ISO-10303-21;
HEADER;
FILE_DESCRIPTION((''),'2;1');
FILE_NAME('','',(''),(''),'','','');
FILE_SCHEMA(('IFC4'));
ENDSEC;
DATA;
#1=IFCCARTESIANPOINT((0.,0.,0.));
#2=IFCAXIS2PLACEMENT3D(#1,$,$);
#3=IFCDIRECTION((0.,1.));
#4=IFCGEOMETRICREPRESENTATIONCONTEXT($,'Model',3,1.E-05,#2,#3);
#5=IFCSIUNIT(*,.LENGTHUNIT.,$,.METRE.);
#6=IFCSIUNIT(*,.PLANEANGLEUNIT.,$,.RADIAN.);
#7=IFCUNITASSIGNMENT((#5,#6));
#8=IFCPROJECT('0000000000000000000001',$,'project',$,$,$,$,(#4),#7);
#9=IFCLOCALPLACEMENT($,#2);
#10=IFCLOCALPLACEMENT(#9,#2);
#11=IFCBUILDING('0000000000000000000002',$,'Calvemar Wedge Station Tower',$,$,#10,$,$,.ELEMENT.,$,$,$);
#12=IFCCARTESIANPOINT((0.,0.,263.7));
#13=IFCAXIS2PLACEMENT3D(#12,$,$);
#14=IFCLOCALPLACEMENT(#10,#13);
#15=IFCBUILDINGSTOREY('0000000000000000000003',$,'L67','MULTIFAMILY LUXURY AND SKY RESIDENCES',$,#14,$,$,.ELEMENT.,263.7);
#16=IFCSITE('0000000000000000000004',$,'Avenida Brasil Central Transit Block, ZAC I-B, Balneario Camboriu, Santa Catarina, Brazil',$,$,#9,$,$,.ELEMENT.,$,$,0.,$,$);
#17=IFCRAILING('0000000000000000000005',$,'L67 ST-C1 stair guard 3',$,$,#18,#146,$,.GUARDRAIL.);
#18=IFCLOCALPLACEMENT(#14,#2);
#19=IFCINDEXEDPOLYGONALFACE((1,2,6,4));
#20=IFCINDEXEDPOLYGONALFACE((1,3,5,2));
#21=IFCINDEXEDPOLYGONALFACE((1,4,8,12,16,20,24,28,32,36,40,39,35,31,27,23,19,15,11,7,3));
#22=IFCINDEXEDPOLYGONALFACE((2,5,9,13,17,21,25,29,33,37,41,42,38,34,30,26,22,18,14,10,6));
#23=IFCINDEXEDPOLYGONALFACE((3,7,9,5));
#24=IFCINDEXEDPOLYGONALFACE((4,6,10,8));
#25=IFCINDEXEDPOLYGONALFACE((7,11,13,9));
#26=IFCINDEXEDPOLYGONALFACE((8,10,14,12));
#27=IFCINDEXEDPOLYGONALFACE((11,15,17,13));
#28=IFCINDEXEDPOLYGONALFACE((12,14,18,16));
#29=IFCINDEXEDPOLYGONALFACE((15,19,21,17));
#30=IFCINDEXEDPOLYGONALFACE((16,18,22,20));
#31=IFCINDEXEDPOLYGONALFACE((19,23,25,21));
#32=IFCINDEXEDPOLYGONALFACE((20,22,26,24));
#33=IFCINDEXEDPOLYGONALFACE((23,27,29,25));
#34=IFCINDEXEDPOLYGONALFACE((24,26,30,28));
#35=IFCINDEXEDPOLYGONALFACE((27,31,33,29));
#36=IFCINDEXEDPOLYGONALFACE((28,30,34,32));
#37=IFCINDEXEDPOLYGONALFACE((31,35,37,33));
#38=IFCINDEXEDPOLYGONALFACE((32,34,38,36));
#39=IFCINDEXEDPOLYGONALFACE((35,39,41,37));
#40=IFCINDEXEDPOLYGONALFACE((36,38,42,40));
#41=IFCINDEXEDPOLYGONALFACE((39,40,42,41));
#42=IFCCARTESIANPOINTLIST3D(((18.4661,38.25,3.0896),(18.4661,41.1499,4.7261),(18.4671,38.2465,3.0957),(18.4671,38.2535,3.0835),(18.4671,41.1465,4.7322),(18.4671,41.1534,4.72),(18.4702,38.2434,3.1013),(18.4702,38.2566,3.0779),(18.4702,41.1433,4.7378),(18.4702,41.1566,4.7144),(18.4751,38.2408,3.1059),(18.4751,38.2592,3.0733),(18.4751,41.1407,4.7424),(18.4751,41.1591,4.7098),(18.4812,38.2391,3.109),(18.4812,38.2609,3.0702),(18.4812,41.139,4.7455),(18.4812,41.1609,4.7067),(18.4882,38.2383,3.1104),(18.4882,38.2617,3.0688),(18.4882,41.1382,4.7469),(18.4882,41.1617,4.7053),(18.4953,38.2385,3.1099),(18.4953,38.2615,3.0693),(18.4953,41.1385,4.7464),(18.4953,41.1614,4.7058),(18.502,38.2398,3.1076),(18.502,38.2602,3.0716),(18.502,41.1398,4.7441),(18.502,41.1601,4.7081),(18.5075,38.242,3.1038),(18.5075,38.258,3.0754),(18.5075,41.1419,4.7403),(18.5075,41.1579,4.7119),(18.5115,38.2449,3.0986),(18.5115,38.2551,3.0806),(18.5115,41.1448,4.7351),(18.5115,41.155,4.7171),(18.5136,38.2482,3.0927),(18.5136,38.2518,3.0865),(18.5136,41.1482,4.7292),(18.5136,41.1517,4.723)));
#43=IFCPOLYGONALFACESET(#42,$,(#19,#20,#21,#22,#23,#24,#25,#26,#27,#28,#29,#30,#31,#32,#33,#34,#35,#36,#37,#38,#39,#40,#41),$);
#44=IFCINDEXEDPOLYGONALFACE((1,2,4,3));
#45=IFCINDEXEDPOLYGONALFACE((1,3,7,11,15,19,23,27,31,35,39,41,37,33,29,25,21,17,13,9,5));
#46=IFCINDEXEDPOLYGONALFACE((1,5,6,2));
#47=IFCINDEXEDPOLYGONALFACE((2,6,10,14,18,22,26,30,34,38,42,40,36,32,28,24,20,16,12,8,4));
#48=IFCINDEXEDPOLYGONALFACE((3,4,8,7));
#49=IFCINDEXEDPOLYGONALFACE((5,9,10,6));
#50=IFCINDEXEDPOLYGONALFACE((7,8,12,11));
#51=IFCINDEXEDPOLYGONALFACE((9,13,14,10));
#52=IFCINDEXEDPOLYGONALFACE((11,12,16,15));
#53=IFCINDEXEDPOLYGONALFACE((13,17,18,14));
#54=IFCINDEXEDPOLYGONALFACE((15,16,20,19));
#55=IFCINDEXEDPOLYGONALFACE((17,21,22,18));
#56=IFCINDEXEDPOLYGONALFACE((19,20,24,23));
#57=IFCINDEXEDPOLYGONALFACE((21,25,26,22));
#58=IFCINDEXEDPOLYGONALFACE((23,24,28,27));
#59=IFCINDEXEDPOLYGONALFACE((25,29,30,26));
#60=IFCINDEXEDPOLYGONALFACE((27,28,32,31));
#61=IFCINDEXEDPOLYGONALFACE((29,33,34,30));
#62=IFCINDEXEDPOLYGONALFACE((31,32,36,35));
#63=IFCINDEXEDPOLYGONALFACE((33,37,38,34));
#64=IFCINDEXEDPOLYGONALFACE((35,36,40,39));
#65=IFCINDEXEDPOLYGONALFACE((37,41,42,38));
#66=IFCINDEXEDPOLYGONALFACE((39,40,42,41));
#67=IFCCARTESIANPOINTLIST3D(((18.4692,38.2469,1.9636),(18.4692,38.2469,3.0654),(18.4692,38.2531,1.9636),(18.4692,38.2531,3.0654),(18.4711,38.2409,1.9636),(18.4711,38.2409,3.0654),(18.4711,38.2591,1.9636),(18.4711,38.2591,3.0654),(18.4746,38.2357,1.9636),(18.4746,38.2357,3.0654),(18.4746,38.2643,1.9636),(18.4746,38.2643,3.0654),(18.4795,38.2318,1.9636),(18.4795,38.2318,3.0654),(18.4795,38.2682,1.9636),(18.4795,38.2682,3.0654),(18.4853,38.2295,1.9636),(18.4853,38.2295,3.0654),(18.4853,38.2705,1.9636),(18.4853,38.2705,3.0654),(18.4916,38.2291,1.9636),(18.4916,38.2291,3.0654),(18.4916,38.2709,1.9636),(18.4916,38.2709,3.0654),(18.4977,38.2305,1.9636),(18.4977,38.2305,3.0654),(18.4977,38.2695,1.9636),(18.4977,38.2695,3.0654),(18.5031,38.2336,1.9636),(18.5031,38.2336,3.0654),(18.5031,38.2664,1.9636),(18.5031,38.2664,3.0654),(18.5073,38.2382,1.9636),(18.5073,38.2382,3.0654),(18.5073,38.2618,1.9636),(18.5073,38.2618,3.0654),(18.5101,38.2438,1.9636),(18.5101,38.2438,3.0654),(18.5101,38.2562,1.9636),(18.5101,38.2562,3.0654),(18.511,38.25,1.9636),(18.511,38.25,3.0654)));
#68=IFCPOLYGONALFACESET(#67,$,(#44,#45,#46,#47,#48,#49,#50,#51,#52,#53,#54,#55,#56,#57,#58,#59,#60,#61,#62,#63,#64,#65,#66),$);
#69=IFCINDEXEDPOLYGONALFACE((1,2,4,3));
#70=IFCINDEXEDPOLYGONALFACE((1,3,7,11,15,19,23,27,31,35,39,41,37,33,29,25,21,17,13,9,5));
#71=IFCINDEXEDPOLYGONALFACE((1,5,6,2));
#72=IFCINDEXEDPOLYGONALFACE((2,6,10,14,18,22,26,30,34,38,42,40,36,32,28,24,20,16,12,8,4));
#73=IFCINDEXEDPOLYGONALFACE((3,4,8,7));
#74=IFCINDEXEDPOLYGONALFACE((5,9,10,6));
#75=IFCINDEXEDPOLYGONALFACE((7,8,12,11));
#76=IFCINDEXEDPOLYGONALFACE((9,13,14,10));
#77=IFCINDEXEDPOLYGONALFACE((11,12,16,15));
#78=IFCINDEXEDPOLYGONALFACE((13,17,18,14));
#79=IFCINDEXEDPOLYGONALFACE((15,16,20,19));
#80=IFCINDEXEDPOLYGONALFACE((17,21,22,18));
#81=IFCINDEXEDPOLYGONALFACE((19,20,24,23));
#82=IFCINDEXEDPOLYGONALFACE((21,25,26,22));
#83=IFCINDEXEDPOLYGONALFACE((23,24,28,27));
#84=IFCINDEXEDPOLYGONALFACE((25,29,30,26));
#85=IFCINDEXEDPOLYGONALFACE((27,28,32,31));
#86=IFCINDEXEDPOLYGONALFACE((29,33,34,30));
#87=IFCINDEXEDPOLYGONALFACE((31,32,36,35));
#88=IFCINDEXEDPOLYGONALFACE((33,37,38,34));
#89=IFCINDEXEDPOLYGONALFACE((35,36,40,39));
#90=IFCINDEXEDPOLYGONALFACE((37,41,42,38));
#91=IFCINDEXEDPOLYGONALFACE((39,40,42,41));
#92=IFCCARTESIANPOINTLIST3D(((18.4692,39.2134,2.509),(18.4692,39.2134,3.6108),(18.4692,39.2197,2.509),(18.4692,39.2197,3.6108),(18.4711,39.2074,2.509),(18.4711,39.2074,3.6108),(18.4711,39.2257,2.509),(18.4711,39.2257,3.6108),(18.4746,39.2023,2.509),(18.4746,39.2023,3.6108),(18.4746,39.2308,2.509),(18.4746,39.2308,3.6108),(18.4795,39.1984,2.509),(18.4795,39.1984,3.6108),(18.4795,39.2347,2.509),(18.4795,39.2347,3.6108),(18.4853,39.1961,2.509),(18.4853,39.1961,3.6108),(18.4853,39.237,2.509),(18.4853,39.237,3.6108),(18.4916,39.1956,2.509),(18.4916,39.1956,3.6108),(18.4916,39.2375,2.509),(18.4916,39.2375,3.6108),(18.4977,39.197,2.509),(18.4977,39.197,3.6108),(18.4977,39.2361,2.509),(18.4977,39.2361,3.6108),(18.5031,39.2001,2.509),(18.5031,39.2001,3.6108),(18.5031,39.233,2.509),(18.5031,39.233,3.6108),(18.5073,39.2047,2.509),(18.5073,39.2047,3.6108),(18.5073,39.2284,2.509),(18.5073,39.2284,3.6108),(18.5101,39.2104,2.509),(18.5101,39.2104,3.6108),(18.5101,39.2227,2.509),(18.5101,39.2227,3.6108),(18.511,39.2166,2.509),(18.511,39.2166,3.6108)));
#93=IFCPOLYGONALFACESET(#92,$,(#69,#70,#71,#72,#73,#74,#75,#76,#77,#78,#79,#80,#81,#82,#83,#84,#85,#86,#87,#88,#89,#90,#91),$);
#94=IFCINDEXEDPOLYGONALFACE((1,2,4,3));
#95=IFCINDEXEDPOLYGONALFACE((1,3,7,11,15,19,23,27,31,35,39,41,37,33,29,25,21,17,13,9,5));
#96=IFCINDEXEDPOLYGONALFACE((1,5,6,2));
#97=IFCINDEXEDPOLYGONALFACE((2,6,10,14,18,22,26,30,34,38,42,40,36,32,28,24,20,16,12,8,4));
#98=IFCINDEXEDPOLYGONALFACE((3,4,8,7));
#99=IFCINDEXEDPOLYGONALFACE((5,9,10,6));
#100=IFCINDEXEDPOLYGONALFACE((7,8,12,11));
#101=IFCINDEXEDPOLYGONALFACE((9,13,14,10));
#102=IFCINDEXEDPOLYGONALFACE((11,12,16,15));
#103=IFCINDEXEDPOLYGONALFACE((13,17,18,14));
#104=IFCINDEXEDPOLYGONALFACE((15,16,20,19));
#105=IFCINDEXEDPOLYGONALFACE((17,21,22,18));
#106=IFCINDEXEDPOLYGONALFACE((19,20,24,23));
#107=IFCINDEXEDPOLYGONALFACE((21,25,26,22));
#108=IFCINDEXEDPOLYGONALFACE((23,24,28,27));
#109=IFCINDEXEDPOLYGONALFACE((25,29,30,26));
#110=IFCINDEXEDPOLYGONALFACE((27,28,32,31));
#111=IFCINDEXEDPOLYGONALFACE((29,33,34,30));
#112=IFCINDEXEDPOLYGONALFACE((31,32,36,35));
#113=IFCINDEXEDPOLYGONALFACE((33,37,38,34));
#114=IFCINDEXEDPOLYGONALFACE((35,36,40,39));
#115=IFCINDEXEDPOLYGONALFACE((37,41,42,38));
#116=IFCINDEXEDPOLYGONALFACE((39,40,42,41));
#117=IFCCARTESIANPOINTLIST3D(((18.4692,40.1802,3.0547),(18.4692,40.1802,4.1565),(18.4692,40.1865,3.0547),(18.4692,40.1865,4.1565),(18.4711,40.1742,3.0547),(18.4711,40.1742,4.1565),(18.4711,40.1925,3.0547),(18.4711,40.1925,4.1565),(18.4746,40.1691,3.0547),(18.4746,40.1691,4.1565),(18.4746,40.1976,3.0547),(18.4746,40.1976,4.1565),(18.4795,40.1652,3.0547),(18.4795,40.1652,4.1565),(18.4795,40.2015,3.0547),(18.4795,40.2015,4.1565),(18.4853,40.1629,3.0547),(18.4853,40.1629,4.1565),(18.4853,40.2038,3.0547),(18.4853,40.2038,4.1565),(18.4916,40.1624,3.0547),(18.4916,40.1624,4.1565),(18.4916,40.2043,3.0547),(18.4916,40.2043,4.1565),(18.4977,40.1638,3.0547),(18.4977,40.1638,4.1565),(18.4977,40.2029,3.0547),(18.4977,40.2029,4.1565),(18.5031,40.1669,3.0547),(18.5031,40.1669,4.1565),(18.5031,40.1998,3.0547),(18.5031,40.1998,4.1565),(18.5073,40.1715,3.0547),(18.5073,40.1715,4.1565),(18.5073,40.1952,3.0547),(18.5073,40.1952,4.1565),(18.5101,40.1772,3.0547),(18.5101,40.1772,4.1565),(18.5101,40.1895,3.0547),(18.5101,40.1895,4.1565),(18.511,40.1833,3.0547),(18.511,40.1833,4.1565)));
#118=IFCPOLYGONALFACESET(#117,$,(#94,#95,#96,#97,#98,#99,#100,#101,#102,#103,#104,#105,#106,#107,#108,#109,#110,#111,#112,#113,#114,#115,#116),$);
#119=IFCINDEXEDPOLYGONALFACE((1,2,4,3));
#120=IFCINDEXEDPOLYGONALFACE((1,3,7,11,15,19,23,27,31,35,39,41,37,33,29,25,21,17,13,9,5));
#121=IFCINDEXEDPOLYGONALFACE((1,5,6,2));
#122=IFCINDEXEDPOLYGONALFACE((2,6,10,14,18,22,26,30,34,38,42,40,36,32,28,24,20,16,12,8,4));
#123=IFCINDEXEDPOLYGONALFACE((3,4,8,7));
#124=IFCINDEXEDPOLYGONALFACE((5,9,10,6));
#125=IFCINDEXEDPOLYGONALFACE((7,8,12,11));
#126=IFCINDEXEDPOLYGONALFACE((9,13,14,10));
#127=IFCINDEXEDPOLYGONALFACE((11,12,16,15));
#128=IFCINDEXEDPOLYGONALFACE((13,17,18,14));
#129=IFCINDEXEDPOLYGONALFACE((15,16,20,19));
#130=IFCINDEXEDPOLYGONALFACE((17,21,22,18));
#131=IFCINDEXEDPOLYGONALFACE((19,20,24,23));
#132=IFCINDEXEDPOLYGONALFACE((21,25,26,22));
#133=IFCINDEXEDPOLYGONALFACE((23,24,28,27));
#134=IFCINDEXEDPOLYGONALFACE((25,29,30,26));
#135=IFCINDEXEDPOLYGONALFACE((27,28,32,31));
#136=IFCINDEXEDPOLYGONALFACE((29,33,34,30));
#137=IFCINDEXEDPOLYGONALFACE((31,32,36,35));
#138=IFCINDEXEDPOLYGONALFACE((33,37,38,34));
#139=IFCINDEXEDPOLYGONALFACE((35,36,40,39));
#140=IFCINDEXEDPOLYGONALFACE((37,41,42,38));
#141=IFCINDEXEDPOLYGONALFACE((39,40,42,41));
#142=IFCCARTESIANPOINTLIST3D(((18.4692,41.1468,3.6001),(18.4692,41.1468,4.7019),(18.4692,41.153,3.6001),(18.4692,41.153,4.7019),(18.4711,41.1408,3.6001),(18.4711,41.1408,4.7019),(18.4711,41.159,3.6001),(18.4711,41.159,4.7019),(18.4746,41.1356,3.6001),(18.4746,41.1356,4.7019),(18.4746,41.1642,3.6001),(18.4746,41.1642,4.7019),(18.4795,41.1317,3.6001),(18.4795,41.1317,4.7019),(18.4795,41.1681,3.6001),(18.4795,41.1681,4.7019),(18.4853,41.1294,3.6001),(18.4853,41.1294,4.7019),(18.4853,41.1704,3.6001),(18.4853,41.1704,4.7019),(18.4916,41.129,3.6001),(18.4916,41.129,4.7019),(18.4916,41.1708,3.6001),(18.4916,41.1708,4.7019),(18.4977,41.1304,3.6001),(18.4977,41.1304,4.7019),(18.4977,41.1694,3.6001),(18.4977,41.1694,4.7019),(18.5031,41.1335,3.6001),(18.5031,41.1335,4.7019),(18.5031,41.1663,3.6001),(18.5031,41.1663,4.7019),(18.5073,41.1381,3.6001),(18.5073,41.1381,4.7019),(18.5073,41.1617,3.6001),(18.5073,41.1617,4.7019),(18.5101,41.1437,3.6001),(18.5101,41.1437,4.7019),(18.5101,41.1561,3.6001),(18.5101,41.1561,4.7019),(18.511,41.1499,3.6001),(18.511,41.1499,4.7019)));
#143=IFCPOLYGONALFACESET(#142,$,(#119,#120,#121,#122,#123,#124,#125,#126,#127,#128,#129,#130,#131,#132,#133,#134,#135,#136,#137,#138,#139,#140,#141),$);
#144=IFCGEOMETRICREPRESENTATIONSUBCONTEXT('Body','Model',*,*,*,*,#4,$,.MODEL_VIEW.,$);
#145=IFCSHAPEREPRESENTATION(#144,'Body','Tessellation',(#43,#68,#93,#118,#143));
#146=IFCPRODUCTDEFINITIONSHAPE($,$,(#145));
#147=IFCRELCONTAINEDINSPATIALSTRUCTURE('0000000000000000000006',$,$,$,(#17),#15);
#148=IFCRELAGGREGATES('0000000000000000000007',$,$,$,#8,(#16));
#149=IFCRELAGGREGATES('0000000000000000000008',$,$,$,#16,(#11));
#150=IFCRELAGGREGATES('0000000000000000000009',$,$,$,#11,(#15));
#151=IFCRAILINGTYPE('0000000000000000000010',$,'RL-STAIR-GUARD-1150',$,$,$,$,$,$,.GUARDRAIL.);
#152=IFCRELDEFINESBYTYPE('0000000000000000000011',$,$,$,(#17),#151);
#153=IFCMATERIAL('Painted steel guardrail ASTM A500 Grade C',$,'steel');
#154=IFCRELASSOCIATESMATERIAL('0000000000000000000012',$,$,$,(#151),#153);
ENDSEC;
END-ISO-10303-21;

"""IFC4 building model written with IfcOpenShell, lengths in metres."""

from ifc_helpers import new_model, si_unit, direction, frame, origin, origin_2d, place, context, subcontext, project, spatial, circle, extrude, material, type_object, element, save


model = new_model("IFC4")

# Units and contexts
model_context = context("Model", 3, precision=1e-05, world=origin(), true_north=direction((0.0, 1.0)))
body_context = subcontext(model_context, "Body", "Model", "MODEL_VIEW")
ifc_project = project(units=[si_unit("LENGTHUNIT", "METRE"), si_unit("PLANEANGLEUNIT", "RADIAN")], contexts=[model_context])

# Site, building, storey
site_placement = place(None, origin())
site = spatial("IfcSite", under=ifc_project, at=site_placement, Name="Avenida Brasil Central Transit Block, ZAC I-B, Balneario Camboriu, Santa Catarina, Brazil", CompositionType="ELEMENT", RefElevation=0.0)
building_placement = place(site_placement, origin())
building = spatial("IfcBuilding", under=site, at=building_placement, Name="Calvemar Wedge Station Tower", CompositionType="ELEMENT")
storey_placement = place(building_placement, frame((0.0, 0.0, 263.7)))
storey = spatial("IfcBuildingStorey", under=building, at=storey_placement, Name="L67", Description="MULTIFAMILY LUXURY AND SKY RESIDENCES", CompositionType="ELEMENT", Elevation=263.7)

# Railing
ifc_material_1 = material(Name="Painted steel guardrail ASTM A500 Grade C", Category="steel")
railing_type_1 = type_object("IfcRailingType", Name="RL-STAIR-GUARD-1150", PredefinedType="GUARDRAIL", material=ifc_material_1)
railing_1_placement = place(storey_placement, frame((18.49, 38.25, 1.9636)))
element("IfcRailing", 1, at=railing_1_placement, inside=storey, type_object=railing_type_1, Name="L67 ST-C1 stair guard 3", PredefinedType="GUARDRAIL", context=body_context, shape_type="SweptSolid", body=[
    extrude(circle(Radius=0.0239, at=origin_2d()), frame((0.0, 0.0, 1.126), z_axis=(0.0, 0.870897, 0.491465), x_axis=(-1.0, 0.0, 0.0)), (0.0, 0.0, 1.0), 3.3298),
    extrude(circle(Radius=0.021, at=origin_2d()), origin(), (0.0, 0.0, 1.0), 1.1018),
    extrude(circle(Radius=0.021, at=origin_2d()), frame((0.0, 0.9666, 0.5454)), (0.0, 0.0, 1.0), 1.1018),
    extrude(circle(Radius=0.021, at=origin_2d()), frame((0.0, 1.9333, 1.0911)), (0.0, 0.0, 1.0), 1.1018),
    extrude(circle(Radius=0.021, at=origin_2d()), frame((0.0, 2.8999, 1.6365)), (0.0, 0.0, 1.0), 1.1018),
])

save(model, "model.ifc")
